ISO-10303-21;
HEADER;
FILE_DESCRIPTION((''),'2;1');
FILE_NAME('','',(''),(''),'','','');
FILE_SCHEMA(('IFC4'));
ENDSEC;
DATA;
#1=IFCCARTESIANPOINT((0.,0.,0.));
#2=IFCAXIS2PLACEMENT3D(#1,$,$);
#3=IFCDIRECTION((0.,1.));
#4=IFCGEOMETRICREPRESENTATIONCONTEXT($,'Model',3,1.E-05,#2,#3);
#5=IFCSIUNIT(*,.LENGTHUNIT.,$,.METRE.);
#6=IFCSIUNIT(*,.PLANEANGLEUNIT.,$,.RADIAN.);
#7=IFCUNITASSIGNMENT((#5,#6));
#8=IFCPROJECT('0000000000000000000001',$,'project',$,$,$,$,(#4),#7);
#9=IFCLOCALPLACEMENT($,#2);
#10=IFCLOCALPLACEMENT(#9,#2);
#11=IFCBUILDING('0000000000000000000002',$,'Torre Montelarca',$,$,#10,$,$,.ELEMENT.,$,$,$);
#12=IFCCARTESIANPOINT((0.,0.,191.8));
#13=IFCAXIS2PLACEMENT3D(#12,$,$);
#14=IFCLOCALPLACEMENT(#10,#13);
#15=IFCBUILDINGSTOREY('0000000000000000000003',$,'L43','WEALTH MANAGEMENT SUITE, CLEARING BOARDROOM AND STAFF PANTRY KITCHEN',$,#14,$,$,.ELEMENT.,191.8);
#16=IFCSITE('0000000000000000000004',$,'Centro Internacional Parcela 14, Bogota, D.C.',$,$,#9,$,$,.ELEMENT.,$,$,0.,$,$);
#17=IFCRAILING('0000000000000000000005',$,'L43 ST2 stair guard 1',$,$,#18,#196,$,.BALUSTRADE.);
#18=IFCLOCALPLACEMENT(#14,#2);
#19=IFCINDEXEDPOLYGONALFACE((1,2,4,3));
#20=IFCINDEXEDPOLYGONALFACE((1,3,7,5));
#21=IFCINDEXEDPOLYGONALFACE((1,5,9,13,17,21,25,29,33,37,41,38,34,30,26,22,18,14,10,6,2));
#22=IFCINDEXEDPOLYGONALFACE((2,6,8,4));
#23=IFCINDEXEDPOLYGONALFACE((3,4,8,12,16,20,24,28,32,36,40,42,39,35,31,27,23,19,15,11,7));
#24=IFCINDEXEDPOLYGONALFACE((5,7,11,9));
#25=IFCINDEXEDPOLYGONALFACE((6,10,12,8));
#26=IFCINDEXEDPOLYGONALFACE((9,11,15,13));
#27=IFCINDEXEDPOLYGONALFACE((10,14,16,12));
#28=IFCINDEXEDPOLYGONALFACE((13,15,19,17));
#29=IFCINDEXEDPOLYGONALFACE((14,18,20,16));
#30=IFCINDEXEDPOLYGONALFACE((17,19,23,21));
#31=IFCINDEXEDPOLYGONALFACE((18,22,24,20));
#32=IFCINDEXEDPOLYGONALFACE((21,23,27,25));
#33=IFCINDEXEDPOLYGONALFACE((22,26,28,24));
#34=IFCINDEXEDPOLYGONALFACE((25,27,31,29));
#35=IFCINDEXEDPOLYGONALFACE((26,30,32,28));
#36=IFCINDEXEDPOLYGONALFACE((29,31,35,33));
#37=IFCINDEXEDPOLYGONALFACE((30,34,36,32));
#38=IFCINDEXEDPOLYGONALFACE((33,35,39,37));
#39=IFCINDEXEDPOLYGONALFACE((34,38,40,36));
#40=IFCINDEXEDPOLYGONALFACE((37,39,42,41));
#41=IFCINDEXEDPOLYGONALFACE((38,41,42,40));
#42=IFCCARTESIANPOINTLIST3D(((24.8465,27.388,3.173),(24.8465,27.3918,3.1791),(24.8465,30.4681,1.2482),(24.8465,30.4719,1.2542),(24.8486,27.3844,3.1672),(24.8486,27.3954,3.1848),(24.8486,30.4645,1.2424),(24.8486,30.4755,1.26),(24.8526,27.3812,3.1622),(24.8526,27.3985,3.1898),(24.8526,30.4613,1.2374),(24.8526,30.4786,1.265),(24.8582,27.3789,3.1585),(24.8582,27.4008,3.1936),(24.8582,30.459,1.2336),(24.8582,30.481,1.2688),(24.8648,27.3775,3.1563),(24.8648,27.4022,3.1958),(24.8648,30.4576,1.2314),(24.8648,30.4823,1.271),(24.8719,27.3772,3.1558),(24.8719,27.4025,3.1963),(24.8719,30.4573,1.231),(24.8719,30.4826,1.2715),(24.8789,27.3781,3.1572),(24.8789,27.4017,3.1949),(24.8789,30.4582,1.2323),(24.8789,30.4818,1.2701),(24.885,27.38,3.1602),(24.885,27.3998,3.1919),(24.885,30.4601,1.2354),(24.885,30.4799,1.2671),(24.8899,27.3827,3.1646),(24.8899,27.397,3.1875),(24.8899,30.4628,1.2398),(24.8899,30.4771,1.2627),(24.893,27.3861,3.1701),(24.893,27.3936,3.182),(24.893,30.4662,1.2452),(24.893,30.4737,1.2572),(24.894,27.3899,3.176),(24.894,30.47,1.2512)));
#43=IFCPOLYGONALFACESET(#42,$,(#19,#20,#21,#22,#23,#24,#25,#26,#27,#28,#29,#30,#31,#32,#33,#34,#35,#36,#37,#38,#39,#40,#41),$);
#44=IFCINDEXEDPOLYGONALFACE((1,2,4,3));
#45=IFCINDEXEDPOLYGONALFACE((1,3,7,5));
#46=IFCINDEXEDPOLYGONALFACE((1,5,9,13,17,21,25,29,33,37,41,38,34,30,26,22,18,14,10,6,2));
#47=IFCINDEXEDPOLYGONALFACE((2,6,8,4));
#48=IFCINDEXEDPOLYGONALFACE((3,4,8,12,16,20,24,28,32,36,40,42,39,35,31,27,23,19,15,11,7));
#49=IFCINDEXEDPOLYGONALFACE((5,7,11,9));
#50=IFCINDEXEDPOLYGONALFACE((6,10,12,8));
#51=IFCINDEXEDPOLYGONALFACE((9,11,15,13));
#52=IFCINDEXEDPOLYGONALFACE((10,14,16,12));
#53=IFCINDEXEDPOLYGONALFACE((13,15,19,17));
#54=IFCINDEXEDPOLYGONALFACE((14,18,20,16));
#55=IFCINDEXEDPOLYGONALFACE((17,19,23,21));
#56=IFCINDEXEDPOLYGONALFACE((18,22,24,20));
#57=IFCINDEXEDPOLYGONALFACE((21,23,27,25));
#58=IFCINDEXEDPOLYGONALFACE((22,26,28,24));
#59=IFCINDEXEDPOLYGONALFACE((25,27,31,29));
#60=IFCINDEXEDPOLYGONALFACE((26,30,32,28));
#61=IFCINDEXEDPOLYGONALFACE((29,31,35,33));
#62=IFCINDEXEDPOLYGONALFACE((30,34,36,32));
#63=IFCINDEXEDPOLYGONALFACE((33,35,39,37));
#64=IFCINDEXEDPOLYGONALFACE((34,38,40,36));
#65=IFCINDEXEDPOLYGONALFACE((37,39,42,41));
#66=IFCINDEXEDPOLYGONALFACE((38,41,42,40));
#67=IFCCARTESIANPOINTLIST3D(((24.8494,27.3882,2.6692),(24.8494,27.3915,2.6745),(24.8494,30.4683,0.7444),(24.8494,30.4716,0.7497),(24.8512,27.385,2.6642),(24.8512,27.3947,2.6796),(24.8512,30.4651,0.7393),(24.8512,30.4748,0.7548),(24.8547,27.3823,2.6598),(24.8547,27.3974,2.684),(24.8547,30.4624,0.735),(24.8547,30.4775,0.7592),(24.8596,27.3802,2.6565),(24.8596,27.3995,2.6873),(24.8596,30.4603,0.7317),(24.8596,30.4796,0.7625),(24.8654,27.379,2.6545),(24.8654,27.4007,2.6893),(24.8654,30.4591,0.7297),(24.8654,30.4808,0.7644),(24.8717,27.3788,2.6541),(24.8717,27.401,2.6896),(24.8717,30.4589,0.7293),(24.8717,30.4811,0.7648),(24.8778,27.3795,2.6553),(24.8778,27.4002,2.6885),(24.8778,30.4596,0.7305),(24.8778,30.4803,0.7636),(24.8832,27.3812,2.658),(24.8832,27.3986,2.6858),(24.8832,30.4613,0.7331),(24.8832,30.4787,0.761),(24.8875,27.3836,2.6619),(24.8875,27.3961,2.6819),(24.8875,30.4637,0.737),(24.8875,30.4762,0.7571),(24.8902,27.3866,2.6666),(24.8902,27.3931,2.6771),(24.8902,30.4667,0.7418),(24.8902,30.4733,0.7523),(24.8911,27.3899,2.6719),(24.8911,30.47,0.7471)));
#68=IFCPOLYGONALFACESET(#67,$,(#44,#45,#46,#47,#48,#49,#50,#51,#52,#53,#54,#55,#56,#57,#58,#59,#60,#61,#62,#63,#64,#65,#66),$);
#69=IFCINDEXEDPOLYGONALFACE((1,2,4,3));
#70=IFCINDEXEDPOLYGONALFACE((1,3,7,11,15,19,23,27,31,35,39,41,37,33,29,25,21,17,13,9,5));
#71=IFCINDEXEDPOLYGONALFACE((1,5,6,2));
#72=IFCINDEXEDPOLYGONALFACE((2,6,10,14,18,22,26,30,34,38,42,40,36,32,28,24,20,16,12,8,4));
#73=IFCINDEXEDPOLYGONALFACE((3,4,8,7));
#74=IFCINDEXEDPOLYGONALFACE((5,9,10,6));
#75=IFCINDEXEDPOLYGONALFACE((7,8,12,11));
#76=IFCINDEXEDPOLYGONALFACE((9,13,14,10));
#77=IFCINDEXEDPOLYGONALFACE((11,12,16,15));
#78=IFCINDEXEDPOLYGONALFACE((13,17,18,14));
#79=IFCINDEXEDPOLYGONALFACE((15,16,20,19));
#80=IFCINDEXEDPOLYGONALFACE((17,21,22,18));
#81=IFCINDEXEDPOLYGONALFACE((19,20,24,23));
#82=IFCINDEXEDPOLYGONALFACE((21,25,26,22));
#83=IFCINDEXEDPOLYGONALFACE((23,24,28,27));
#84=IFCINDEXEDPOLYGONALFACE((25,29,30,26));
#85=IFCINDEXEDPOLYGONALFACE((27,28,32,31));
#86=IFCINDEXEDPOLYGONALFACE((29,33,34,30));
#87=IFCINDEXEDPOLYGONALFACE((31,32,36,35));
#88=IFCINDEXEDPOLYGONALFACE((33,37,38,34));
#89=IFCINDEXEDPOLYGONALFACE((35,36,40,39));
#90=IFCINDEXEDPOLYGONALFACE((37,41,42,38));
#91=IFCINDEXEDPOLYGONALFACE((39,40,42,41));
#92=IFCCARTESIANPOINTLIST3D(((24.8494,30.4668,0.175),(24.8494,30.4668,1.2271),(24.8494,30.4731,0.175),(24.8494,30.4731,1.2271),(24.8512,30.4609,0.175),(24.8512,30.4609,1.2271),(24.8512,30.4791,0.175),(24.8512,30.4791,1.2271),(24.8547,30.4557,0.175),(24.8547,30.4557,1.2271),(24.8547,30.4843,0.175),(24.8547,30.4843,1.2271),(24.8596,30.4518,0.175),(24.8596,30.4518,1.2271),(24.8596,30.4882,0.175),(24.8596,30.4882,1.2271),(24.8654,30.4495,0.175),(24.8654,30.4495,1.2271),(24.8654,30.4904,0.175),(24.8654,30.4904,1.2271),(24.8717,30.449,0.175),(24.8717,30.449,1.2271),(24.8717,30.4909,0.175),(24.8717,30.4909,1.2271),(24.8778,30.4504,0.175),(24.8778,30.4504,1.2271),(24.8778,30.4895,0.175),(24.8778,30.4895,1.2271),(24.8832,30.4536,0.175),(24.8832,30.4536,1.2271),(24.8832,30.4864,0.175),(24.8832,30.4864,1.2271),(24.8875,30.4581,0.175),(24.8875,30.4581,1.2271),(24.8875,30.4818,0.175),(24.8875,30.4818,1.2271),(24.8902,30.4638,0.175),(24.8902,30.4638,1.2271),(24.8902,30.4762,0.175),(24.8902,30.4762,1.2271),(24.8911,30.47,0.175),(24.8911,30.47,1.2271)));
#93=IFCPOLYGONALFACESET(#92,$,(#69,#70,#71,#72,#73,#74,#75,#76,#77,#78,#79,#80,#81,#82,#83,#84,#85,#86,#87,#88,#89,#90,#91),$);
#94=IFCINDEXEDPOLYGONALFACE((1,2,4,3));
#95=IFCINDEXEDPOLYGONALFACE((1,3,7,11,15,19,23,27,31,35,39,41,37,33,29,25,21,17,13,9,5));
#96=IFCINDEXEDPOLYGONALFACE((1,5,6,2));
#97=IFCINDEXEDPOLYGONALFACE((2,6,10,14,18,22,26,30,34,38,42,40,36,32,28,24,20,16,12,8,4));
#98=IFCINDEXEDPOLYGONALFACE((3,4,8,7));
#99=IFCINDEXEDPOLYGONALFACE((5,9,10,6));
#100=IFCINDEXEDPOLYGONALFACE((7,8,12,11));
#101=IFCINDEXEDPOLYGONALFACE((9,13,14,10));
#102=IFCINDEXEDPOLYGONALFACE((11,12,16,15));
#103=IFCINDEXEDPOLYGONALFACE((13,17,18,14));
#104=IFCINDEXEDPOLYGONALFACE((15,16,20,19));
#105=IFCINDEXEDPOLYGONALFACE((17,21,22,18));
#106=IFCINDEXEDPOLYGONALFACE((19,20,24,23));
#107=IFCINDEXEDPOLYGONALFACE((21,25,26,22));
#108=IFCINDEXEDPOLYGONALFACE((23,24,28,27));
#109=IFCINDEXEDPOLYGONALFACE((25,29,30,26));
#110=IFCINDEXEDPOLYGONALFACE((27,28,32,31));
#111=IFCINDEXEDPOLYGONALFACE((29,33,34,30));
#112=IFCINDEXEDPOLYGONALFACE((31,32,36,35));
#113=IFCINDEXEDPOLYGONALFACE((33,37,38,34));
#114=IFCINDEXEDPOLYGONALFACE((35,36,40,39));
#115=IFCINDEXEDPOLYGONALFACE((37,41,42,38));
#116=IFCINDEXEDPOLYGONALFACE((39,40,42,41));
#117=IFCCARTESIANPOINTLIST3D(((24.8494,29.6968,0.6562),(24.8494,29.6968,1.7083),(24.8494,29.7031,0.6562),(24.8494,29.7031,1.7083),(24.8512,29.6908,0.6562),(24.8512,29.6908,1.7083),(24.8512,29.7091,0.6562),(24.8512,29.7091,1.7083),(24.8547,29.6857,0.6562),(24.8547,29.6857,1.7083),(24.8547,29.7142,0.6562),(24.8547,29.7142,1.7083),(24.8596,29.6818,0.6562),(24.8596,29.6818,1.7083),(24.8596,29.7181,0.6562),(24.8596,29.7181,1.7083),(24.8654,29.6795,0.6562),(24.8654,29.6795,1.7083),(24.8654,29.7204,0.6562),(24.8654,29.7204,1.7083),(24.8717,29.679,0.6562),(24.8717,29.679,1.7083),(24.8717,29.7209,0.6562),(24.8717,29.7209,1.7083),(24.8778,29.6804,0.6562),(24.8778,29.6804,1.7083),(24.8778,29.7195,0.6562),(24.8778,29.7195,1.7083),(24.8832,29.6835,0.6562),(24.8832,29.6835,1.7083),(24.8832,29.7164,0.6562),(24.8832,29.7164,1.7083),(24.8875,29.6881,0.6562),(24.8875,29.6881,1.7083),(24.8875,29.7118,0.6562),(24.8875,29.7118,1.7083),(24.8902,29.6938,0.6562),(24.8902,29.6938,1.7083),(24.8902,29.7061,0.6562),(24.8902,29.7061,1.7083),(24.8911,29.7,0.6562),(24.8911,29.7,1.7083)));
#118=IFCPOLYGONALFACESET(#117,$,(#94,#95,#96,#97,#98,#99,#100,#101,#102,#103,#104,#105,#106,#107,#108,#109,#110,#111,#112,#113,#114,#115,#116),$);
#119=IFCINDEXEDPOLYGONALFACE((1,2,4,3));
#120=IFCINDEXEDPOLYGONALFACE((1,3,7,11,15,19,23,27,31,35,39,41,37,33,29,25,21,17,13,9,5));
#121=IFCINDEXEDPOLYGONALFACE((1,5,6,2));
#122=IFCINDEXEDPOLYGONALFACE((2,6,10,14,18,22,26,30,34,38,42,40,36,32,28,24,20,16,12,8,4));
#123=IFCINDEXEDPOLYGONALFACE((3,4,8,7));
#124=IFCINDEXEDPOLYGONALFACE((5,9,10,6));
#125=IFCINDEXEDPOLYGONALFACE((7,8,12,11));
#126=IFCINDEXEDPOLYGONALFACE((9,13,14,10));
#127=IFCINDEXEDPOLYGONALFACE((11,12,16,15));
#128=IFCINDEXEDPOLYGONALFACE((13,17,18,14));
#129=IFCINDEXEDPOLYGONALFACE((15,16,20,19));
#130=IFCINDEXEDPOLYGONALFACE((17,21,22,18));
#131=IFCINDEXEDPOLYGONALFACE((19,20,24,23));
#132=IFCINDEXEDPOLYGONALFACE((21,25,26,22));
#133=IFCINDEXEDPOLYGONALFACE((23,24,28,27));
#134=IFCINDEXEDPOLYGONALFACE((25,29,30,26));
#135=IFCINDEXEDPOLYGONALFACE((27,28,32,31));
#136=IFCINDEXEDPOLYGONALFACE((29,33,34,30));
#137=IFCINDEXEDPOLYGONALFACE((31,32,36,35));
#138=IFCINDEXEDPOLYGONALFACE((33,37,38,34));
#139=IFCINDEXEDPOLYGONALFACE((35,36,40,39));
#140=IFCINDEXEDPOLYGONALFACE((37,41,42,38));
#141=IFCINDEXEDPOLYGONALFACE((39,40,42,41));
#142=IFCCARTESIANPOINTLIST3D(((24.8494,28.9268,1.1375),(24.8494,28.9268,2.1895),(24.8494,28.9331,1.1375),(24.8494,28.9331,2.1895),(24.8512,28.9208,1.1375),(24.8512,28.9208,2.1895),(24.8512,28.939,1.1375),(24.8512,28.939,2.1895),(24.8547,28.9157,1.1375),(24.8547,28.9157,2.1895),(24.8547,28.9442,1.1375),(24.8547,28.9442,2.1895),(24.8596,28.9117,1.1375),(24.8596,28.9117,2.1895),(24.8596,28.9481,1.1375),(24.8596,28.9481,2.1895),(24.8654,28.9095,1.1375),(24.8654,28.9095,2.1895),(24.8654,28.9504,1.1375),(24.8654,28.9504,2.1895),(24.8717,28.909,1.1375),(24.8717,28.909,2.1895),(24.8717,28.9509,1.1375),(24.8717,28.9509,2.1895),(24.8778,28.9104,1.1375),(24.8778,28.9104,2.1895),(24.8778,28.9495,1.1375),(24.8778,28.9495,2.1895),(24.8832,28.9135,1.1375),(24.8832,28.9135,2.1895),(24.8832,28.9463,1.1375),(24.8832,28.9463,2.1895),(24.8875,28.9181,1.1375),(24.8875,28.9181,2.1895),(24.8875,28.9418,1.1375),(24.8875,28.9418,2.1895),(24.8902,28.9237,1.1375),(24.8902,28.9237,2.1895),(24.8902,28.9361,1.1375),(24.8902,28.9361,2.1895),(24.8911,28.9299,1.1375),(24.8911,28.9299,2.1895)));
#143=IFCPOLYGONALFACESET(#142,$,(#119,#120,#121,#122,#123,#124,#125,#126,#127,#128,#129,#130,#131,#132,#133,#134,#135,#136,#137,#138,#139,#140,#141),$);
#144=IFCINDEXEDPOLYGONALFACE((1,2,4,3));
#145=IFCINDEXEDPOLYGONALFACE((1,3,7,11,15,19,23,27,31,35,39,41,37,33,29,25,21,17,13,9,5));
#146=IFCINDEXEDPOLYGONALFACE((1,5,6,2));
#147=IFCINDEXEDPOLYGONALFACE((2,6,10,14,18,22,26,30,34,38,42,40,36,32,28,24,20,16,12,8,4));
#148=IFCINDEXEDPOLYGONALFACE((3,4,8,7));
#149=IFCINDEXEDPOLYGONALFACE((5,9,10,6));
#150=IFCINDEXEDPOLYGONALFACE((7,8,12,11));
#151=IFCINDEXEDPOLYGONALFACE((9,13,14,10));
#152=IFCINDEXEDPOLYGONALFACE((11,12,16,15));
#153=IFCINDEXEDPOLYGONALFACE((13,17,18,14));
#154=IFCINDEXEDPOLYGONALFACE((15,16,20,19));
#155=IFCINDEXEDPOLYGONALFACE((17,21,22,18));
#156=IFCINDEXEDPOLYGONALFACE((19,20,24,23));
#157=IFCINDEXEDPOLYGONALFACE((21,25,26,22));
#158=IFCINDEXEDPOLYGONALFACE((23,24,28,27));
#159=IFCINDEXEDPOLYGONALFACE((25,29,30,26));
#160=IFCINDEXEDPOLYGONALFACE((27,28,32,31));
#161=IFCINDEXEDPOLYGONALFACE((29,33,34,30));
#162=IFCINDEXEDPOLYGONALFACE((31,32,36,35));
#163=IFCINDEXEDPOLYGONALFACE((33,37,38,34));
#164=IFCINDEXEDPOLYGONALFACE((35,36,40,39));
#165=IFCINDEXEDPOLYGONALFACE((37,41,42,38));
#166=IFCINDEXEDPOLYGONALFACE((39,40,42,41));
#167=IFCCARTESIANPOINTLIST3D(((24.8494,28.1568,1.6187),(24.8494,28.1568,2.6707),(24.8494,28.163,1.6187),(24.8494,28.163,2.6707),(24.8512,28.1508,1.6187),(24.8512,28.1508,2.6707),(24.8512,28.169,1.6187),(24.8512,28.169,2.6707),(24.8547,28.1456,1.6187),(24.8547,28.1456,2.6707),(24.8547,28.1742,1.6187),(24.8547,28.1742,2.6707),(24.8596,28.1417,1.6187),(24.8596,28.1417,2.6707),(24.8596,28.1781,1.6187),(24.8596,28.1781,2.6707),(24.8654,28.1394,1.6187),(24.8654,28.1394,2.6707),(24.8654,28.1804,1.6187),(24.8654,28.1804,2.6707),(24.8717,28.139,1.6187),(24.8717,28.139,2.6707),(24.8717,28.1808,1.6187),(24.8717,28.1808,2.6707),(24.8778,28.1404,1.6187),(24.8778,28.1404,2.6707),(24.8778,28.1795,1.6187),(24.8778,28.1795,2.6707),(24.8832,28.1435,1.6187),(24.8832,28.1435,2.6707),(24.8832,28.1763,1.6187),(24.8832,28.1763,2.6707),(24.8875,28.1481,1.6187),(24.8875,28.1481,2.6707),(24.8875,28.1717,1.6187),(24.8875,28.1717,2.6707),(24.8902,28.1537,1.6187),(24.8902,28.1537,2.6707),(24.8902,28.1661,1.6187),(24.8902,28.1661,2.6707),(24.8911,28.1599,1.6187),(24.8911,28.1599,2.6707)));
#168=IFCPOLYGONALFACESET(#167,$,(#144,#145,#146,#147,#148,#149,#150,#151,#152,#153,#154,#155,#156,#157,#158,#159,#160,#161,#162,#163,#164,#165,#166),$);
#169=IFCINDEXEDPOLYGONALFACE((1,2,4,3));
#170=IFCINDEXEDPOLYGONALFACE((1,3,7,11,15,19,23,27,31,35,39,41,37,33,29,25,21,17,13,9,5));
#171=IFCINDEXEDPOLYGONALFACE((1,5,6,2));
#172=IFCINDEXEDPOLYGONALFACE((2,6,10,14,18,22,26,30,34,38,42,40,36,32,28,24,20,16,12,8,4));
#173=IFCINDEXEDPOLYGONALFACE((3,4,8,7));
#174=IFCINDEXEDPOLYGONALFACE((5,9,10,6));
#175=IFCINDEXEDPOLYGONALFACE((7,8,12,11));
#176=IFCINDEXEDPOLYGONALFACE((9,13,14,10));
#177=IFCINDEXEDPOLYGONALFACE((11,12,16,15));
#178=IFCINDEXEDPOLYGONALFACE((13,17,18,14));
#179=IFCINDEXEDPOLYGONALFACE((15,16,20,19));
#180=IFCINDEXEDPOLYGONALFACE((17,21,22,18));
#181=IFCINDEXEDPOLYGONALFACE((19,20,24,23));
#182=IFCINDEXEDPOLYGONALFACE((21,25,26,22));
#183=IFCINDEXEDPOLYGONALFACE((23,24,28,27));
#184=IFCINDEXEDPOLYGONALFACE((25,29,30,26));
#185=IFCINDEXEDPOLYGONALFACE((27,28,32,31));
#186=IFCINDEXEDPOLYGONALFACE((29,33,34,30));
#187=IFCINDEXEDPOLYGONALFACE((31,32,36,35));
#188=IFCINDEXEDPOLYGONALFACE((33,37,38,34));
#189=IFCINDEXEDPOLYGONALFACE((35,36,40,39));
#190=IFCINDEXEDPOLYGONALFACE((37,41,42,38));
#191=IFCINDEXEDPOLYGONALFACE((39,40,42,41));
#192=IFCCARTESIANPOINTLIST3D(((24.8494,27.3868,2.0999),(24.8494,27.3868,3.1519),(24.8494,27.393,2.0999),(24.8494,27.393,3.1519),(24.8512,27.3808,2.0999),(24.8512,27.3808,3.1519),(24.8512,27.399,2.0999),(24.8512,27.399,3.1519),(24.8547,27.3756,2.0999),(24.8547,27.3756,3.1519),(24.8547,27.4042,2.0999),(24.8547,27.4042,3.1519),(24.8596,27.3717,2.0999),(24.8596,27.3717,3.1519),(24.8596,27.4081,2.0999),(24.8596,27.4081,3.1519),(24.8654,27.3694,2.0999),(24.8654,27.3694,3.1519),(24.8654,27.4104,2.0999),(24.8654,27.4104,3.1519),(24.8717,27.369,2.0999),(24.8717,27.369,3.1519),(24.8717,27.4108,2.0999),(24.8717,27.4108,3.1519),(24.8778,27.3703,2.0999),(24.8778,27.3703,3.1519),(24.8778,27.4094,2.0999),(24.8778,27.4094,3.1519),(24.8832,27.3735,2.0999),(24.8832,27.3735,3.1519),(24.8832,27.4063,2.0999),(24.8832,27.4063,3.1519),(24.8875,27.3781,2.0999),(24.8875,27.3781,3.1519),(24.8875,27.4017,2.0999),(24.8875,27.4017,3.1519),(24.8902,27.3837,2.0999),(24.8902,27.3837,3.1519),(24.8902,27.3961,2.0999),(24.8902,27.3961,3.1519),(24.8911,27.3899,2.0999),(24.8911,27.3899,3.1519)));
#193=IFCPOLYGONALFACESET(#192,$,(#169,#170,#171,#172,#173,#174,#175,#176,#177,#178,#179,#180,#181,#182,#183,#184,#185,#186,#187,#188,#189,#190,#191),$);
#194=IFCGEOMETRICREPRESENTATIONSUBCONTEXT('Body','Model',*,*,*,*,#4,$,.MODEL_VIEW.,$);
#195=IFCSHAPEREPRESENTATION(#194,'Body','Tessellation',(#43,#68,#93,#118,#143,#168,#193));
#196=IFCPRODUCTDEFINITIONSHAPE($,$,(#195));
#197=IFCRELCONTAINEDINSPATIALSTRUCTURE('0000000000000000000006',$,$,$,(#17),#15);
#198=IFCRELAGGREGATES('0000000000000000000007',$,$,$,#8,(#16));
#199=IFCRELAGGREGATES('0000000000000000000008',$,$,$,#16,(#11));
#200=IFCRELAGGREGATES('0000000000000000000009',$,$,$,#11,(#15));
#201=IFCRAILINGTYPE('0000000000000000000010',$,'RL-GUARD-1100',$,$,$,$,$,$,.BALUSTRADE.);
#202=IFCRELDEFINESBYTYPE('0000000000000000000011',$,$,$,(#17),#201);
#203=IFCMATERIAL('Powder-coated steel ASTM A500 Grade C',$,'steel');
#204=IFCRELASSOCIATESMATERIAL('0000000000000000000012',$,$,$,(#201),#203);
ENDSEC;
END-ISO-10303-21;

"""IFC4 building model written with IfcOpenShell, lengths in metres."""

from ifc_helpers import new_model, si_unit, direction, frame, origin, origin_2d, place, context, subcontext, project, spatial, circle, extrude, material, type_object, element, save


model = new_model("IFC4")

# Units and contexts
model_context = context("Model", 3, precision=1e-05, world=origin(), true_north=direction((0.0, 1.0)))
body_context = subcontext(model_context, "Body", "Model", "MODEL_VIEW")
ifc_project = project(units=[si_unit("LENGTHUNIT", "METRE"), si_unit("PLANEANGLEUNIT", "RADIAN")], contexts=[model_context])

# Site, building, storey
site_placement = place(None, origin())
site = spatial("IfcSite", under=ifc_project, at=site_placement, Name="Centro Internacional Parcela 14, Bogota, D.C.", CompositionType="ELEMENT", RefElevation=0.0)
building_placement = place(site_placement, origin())
building = spatial("IfcBuilding", under=site, at=building_placement, Name="Torre Montelarca", CompositionType="ELEMENT")
storey_placement = place(building_placement, frame((0.0, 0.0, 191.8)))
storey = spatial("IfcBuildingStorey", under=building, at=storey_placement, Name="L43", Description="WEALTH MANAGEMENT SUITE, CLEARING BOARDROOM AND STAFF PANTRY KITCHEN", CompositionType="ELEMENT", Elevation=191.8)

# Railing
ifc_material_1 = material(Name="Powder-coated steel ASTM A500 Grade C", Category="steel")
railing_type_1 = type_object("IfcRailingType", Name="RL-GUARD-1100", PredefinedType="BALUSTRADE", material=ifc_material_1)
railing_1_placement = place(storey_placement, frame((24.8701, 30.47, 0.175)))
element("IfcRailing", 1, at=railing_1_placement, inside=storey, type_object=railing_type_1, Name="L43 ST2 stair guard 1", PredefinedType="BALUSTRADE", context=body_context, shape_type="SweptSolid", body=[
    extrude(circle(Radius=0.0239, at=origin_2d()), frame((0.0, 0.0, 1.0762), z_axis=(0.0, -0.848029, 0.529951), x_axis=(1.0, 0.0, 0.0)), (0.0, 0.0, 1.0), 3.6321),
    extrude(circle(Radius=0.021, at=origin_2d()), frame((0.0, 0.0, 0.572), z_axis=(0.0, -0.848029, 0.529951), x_axis=(1.0, 0.0, 0.0)), (0.0, 0.0, 1.0), 3.6321),
    extrude(circle(Radius=0.021, at=origin_2d()), origin(), (0.0, 0.0, 1.0), 1.052),
    extrude(circle(Radius=0.021, at=origin_2d()), frame((0.0, -0.77, 0.4812)), (0.0, 0.0, 1.0), 1.052),
    extrude(circle(Radius=0.021, at=origin_2d()), frame((0.0, -1.54, 0.9624)), (0.0, 0.0, 1.0), 1.052),
    extrude(circle(Radius=0.021, at=origin_2d()), frame((0.0, -2.3101, 1.4436)), (0.0, 0.0, 1.0), 1.052),
    extrude(circle(Radius=0.021, at=origin_2d()), frame((0.0, -3.0801, 1.9248)), (0.0, 0.0, 1.0), 1.052),
])

save(model, "model.ifc")
